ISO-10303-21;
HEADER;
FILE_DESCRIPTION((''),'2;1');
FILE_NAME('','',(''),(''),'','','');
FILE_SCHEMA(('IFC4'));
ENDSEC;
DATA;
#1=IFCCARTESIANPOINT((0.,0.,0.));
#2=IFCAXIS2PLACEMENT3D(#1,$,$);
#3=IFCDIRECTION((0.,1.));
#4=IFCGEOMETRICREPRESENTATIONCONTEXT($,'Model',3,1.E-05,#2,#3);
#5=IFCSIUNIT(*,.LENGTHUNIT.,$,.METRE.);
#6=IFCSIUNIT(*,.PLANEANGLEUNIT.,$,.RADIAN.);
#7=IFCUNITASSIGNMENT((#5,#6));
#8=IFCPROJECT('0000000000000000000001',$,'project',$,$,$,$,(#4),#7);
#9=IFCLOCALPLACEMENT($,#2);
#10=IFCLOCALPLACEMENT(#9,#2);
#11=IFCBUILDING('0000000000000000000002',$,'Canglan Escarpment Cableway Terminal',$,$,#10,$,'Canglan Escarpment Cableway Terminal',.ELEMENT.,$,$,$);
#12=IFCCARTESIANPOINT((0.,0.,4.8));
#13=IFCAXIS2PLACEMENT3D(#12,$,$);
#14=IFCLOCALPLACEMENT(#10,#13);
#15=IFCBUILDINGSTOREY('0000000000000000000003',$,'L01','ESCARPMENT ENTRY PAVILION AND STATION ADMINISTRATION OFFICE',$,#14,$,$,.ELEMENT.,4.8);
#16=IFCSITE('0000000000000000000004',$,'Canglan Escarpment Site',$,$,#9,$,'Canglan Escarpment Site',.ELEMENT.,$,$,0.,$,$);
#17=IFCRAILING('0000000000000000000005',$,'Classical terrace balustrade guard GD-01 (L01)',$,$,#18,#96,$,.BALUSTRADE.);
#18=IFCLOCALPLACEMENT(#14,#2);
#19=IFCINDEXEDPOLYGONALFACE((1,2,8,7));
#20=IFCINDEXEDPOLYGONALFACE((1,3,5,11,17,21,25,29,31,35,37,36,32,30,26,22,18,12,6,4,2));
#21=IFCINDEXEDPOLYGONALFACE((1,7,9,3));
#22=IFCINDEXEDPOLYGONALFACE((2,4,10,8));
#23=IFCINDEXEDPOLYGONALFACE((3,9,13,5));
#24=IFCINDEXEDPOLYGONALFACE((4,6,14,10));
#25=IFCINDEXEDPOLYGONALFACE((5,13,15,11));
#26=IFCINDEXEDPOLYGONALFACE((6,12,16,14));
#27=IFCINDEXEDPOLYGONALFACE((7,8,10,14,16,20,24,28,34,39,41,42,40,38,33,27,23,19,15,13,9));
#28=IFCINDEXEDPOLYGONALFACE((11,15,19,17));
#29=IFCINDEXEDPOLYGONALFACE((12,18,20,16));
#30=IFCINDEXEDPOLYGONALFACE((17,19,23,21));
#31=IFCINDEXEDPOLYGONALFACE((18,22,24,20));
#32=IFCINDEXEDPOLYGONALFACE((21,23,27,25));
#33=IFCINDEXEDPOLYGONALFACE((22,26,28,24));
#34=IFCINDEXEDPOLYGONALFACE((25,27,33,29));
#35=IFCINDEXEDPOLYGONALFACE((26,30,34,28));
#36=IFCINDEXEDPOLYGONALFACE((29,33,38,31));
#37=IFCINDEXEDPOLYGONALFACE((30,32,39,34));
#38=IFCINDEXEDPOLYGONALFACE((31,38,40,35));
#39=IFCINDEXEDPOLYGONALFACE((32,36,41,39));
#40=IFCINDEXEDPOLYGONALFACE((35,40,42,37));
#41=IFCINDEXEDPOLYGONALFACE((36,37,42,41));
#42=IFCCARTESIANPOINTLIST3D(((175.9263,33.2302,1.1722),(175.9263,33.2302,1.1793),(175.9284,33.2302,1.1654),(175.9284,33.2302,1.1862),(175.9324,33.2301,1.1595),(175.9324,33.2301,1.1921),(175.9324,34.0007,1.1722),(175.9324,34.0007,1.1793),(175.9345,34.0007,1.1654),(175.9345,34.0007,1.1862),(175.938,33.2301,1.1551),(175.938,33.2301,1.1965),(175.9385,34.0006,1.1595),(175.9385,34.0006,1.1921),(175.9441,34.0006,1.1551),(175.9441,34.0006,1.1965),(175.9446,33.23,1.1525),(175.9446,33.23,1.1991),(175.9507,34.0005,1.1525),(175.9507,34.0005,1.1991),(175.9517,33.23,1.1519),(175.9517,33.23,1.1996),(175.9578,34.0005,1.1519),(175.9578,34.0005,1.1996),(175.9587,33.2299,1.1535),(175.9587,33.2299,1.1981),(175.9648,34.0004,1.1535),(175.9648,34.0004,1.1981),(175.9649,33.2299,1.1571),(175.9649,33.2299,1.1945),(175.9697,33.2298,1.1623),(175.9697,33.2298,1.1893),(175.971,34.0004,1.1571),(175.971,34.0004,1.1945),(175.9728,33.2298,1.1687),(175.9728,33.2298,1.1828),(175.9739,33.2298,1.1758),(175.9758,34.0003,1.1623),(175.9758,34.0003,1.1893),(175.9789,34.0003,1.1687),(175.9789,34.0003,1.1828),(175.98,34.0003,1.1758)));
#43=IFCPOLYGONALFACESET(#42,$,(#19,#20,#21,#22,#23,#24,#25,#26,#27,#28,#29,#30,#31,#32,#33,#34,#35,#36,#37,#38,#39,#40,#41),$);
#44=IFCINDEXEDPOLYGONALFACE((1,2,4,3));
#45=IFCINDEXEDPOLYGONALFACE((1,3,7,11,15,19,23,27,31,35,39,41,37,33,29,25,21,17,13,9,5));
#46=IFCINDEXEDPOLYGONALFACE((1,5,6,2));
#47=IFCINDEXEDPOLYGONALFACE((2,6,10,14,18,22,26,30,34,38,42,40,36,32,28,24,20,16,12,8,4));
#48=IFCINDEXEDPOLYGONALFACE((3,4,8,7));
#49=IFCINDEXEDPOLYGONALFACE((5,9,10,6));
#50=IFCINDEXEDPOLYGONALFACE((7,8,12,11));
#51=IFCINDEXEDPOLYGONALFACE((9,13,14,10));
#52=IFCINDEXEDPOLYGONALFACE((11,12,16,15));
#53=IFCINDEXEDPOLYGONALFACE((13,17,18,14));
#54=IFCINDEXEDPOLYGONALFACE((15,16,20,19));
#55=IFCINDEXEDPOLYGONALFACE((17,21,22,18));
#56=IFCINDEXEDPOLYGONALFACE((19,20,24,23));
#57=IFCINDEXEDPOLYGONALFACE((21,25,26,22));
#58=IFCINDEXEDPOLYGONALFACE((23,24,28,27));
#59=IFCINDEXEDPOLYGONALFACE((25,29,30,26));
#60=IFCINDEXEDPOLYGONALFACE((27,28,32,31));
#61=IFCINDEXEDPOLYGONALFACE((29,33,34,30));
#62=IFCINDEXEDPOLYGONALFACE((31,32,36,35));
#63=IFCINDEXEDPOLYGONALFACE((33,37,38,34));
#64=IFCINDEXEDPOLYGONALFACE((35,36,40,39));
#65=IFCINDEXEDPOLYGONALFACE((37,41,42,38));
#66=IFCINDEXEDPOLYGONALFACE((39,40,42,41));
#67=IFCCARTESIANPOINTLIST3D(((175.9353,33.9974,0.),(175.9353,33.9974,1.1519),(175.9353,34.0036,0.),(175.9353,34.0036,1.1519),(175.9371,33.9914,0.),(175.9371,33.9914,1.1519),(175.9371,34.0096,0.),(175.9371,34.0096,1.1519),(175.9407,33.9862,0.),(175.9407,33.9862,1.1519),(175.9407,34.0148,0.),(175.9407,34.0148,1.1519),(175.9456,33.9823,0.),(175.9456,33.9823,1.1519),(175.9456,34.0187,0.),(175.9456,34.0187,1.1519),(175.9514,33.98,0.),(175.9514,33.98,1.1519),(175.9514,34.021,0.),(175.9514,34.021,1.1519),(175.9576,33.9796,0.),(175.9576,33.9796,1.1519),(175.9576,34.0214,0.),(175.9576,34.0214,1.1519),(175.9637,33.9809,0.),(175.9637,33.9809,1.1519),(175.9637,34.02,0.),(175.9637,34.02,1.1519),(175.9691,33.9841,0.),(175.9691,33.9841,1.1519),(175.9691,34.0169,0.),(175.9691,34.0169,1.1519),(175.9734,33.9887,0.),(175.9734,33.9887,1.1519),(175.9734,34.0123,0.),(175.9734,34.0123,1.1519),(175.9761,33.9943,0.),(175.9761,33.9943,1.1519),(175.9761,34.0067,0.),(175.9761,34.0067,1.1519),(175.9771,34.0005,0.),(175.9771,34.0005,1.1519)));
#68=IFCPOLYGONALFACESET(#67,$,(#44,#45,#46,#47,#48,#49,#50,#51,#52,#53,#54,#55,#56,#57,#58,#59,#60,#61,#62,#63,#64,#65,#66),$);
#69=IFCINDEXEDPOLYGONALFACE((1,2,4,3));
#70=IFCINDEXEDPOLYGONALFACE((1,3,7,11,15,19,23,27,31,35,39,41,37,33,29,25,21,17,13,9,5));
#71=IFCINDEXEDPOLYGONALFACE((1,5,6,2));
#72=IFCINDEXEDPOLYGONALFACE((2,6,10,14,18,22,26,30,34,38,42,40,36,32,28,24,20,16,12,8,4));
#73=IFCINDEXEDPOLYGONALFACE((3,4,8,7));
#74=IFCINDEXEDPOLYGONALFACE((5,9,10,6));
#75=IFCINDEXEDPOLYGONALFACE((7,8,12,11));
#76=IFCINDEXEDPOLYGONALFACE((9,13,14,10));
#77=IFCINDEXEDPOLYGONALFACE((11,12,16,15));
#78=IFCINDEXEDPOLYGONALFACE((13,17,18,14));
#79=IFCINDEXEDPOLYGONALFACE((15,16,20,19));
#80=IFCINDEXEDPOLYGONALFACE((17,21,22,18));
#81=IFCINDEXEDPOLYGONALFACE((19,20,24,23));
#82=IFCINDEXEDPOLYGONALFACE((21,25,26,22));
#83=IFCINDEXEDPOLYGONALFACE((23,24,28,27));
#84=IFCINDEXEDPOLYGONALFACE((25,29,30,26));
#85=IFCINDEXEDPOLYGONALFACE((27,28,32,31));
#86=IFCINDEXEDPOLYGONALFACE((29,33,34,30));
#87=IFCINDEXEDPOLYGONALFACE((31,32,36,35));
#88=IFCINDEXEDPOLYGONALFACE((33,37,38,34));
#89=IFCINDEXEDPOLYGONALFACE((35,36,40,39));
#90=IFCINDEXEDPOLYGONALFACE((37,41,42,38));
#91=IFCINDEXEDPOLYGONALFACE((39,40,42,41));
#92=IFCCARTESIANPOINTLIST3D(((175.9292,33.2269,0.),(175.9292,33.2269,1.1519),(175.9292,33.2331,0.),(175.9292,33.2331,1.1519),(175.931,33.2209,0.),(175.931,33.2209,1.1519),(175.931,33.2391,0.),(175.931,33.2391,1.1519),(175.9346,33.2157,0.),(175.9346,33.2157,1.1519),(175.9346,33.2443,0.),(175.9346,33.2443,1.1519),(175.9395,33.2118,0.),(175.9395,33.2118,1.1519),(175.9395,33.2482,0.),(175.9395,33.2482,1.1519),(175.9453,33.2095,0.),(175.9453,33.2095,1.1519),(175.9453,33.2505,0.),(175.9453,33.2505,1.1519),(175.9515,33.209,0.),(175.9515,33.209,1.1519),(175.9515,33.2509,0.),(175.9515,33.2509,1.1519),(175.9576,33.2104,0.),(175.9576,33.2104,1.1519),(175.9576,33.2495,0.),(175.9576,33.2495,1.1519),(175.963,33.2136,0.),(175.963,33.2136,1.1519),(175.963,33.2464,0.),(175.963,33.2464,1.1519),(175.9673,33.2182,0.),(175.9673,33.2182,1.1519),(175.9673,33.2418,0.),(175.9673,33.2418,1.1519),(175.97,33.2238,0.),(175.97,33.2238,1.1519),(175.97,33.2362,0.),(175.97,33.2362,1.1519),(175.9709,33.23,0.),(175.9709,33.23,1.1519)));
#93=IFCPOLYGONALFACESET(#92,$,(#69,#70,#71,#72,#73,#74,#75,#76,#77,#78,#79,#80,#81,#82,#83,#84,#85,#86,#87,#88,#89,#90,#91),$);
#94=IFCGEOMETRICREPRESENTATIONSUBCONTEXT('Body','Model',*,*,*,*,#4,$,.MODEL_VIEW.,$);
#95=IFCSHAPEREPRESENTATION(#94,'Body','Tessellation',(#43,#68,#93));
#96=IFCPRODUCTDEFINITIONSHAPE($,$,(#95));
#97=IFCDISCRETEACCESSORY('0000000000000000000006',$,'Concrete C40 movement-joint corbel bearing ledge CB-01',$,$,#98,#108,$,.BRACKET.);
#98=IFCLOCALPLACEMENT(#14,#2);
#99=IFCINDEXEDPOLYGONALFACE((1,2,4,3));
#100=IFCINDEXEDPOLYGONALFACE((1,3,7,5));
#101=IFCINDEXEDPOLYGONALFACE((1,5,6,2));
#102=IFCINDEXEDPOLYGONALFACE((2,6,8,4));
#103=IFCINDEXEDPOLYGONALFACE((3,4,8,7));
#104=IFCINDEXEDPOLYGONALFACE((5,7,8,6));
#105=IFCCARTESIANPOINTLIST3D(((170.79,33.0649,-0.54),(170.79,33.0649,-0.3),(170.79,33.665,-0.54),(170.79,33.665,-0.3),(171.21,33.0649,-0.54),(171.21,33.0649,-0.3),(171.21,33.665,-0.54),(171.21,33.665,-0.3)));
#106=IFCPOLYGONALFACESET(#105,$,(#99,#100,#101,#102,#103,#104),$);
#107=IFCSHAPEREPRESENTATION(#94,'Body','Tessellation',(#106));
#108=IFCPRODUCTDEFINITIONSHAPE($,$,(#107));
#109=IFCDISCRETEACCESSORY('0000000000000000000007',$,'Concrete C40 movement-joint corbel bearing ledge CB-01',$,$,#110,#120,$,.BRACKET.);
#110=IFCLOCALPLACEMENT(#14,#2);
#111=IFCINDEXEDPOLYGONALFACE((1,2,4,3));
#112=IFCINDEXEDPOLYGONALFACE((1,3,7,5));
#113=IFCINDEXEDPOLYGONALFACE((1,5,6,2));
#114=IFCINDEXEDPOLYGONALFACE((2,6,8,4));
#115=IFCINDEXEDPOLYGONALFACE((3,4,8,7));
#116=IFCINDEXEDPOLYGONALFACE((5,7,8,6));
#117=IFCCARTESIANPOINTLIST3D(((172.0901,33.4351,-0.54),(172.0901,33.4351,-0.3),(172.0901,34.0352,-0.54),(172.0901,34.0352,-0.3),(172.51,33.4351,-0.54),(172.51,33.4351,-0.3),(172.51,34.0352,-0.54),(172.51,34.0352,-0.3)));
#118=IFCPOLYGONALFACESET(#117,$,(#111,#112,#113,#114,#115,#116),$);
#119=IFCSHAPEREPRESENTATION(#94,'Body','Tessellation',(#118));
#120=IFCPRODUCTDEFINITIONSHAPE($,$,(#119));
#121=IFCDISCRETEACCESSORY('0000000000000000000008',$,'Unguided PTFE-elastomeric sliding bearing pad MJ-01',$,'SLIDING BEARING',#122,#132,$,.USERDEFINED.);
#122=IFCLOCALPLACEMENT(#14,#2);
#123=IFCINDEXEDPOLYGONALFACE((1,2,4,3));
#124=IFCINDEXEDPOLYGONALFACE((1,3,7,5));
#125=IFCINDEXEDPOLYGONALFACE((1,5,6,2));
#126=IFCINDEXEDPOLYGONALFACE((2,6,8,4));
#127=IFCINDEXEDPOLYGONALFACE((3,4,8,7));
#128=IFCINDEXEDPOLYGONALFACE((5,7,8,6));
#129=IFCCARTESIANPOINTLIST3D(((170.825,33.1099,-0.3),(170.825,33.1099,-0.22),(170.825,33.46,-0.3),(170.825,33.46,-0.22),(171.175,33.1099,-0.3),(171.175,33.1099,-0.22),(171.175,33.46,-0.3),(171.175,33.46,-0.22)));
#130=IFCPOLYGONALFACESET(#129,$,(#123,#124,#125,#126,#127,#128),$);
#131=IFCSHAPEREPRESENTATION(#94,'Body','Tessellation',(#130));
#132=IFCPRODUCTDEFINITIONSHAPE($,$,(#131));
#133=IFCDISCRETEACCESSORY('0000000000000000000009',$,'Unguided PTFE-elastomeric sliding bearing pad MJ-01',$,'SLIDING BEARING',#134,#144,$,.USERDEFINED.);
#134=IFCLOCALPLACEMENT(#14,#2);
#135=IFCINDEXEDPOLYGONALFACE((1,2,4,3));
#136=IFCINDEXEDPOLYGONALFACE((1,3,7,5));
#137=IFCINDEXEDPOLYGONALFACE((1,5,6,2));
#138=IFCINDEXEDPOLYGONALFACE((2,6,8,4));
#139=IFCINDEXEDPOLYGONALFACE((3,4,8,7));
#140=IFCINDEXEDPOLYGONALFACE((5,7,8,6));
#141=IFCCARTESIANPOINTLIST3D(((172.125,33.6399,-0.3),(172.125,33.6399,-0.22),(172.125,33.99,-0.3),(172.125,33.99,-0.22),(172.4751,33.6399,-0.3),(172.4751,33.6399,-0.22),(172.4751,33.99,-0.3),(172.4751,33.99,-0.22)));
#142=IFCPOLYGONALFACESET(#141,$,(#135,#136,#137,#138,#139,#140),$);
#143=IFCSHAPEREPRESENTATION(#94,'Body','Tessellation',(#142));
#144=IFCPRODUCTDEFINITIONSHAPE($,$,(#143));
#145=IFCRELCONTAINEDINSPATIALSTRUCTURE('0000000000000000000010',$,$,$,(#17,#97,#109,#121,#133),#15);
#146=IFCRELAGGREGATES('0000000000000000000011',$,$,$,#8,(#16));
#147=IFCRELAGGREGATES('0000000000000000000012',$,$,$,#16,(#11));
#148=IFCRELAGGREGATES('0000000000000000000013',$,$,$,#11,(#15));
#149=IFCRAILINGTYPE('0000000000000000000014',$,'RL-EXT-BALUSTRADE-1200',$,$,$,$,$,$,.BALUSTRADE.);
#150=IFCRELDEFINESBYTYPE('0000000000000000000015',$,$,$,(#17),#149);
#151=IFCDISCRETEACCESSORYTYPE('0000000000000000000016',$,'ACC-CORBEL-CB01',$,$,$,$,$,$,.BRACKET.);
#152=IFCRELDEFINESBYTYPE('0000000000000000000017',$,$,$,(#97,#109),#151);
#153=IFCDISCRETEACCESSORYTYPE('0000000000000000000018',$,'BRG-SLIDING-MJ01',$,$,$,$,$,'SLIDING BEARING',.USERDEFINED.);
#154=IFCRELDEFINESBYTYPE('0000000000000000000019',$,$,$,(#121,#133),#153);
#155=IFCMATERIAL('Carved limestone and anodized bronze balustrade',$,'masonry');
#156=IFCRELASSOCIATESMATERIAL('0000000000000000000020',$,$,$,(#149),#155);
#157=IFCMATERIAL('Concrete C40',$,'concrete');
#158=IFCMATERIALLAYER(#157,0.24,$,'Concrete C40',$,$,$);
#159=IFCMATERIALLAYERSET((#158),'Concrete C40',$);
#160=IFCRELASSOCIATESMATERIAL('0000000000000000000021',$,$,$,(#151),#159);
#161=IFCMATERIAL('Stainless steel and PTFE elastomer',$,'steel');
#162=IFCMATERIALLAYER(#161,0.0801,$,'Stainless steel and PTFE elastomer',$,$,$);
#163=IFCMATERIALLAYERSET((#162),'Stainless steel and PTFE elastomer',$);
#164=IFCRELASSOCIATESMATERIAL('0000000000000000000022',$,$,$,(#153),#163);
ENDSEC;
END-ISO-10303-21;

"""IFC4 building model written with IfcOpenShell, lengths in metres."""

from ifc_helpers import new_model, si_unit, direction, frame, origin, origin_2d, place, context, subcontext, project, spatial, rectangle, circle, extrude, material, layer, layer_set, type_object, element, save


model = new_model("IFC4")

# Units and contexts
model_context = context("Model", 3, precision=1e-05, world=origin(), true_north=direction((0.0, 1.0)))
body_context = subcontext(model_context, "Body", "Model", "MODEL_VIEW")
ifc_project = project(units=[si_unit("LENGTHUNIT", "METRE"), si_unit("PLANEANGLEUNIT", "RADIAN")], contexts=[model_context])

# Site, building, storey
site_placement = place(None, origin())
site = spatial("IfcSite", under=ifc_project, at=site_placement, Name="Canglan Escarpment Site", LongName="Canglan Escarpment Site", CompositionType="ELEMENT", RefElevation=0.0)
building_placement = place(site_placement, origin())
building = spatial("IfcBuilding", under=site, at=building_placement, Name="Canglan Escarpment Cableway Terminal", LongName="Canglan Escarpment Cableway Terminal", CompositionType="ELEMENT")
storey_placement = place(building_placement, frame((0.0, 0.0, 4.8)))
storey = spatial("IfcBuildingStorey", under=building, at=storey_placement, Name="L01", Description="ESCARPMENT ENTRY PAVILION AND STATION ADMINISTRATION OFFICE", CompositionType="ELEMENT", Elevation=4.8)

# Shared definitions
ifc_material_1 = material(Name="Concrete C40", Category="concrete")

# Railing
ifc_material_2 = material(Name="Carved limestone and anodized bronze balustrade", Category="masonry")
railing_type = type_object("IfcRailingType", Name="RL-EXT-BALUSTRADE-1200", PredefinedType="BALUSTRADE", material=ifc_material_2)
railing_1_placement = place(storey_placement, frame((175.9561, 34.0005, 0.0)))
element("IfcRailing", 1, at=railing_1_placement, inside=storey, type_object=railing_type, Name="Classical terrace balustrade guard GD-01 (L01)", PredefinedType="BALUSTRADE", context=body_context, shape_type="SweptSolid", body=[
    extrude(circle(Radius=0.0239, at=origin_2d()), frame((0.0, 0.0, 1.1758), z_axis=(-0.007921, -0.999969, 0.0), x_axis=(0.999969, -0.007921, 0.0)), (0.0, 0.0, 1.0), 0.7705),
    extrude(circle(Radius=0.021, at=origin_2d()), origin(), (0.0, 0.0, 1.0), 1.1519),
    extrude(circle(Radius=0.021, at=origin_2d()), frame((-0.0061, -0.7705, 0.0)), (0.0, 0.0, 1.0), 1.1519),
])

# Discrete accessories
ifc_layer_1 = layer(ifc_material_1, 0.24, Name="Concrete C40")
ifc_layer_set_1 = layer_set([ifc_layer_1], Name="Concrete C40")
discrete_accessory_type_1 = type_object("IfcDiscreteAccessoryType", Name="ACC-CORBEL-CB01", PredefinedType="BRACKET", material=ifc_layer_set_1)
for number, where, z_axis, x_axis, name in (
    (2, (171.0, 33.365, -0.54), (0.0, 0.0, 1.0), (1.0, 0.0, 0.0), "Concrete C40 movement-joint corbel bearing ledge CB-01"),
    (3, (172.3, 33.7351, -0.54), (0.0, 0.0, 1.0), (1.0, 0.0, 0.0), "Concrete C40 movement-joint corbel bearing ledge CB-01"),
):
    element("IfcDiscreteAccessory", number, at=place(storey_placement, frame(where, z_axis=z_axis, x_axis=x_axis)), inside=storey, type_object=discrete_accessory_type_1, Name=name, PredefinedType="BRACKET", context=body_context, shape_type="SweptSolid", body=[
        extrude(rectangle(XDim=0.4199, YDim=0.6001, at=origin_2d()), origin(), (0.0, 0.0, 1.0), 0.24),
    ])
ifc_material_3 = material(Name="Stainless steel and PTFE elastomer", Category="steel")
ifc_layer_2 = layer(ifc_material_3, 0.0801, Name="Stainless steel and PTFE elastomer")
ifc_layer_set_2 = layer_set([ifc_layer_2], Name="Stainless steel and PTFE elastomer")
discrete_accessory_type_2 = type_object("IfcDiscreteAccessoryType", Name="BRG-SLIDING-MJ01", ElementType="SLIDING BEARING", PredefinedType="USERDEFINED", material=ifc_layer_set_2)
for number, where, z_axis, x_axis, name in (
    (4, (171.0, 33.2849, -0.3), (0.0, 0.0, 1.0), (1.0, 0.0, 0.0), "Unguided PTFE-elastomeric sliding bearing pad MJ-01"),
    (5, (172.3, 33.8149, -0.3), (0.0, 0.0, 1.0), (1.0, 0.0, 0.0), "Unguided PTFE-elastomeric sliding bearing pad MJ-01"),
):
    element("IfcDiscreteAccessory", number, at=place(storey_placement, frame(where, z_axis=z_axis, x_axis=x_axis)), inside=storey, type_object=discrete_accessory_type_2, Name=name, ObjectType="SLIDING BEARING", PredefinedType="USERDEFINED", context=body_context, shape_type="SweptSolid", body=[
        extrude(rectangle(XDim=0.3501, YDim=0.3501, at=origin_2d()), origin(), (0.0, 0.0, 1.0), 0.0801),
    ])

save(model, "model.ifc")
